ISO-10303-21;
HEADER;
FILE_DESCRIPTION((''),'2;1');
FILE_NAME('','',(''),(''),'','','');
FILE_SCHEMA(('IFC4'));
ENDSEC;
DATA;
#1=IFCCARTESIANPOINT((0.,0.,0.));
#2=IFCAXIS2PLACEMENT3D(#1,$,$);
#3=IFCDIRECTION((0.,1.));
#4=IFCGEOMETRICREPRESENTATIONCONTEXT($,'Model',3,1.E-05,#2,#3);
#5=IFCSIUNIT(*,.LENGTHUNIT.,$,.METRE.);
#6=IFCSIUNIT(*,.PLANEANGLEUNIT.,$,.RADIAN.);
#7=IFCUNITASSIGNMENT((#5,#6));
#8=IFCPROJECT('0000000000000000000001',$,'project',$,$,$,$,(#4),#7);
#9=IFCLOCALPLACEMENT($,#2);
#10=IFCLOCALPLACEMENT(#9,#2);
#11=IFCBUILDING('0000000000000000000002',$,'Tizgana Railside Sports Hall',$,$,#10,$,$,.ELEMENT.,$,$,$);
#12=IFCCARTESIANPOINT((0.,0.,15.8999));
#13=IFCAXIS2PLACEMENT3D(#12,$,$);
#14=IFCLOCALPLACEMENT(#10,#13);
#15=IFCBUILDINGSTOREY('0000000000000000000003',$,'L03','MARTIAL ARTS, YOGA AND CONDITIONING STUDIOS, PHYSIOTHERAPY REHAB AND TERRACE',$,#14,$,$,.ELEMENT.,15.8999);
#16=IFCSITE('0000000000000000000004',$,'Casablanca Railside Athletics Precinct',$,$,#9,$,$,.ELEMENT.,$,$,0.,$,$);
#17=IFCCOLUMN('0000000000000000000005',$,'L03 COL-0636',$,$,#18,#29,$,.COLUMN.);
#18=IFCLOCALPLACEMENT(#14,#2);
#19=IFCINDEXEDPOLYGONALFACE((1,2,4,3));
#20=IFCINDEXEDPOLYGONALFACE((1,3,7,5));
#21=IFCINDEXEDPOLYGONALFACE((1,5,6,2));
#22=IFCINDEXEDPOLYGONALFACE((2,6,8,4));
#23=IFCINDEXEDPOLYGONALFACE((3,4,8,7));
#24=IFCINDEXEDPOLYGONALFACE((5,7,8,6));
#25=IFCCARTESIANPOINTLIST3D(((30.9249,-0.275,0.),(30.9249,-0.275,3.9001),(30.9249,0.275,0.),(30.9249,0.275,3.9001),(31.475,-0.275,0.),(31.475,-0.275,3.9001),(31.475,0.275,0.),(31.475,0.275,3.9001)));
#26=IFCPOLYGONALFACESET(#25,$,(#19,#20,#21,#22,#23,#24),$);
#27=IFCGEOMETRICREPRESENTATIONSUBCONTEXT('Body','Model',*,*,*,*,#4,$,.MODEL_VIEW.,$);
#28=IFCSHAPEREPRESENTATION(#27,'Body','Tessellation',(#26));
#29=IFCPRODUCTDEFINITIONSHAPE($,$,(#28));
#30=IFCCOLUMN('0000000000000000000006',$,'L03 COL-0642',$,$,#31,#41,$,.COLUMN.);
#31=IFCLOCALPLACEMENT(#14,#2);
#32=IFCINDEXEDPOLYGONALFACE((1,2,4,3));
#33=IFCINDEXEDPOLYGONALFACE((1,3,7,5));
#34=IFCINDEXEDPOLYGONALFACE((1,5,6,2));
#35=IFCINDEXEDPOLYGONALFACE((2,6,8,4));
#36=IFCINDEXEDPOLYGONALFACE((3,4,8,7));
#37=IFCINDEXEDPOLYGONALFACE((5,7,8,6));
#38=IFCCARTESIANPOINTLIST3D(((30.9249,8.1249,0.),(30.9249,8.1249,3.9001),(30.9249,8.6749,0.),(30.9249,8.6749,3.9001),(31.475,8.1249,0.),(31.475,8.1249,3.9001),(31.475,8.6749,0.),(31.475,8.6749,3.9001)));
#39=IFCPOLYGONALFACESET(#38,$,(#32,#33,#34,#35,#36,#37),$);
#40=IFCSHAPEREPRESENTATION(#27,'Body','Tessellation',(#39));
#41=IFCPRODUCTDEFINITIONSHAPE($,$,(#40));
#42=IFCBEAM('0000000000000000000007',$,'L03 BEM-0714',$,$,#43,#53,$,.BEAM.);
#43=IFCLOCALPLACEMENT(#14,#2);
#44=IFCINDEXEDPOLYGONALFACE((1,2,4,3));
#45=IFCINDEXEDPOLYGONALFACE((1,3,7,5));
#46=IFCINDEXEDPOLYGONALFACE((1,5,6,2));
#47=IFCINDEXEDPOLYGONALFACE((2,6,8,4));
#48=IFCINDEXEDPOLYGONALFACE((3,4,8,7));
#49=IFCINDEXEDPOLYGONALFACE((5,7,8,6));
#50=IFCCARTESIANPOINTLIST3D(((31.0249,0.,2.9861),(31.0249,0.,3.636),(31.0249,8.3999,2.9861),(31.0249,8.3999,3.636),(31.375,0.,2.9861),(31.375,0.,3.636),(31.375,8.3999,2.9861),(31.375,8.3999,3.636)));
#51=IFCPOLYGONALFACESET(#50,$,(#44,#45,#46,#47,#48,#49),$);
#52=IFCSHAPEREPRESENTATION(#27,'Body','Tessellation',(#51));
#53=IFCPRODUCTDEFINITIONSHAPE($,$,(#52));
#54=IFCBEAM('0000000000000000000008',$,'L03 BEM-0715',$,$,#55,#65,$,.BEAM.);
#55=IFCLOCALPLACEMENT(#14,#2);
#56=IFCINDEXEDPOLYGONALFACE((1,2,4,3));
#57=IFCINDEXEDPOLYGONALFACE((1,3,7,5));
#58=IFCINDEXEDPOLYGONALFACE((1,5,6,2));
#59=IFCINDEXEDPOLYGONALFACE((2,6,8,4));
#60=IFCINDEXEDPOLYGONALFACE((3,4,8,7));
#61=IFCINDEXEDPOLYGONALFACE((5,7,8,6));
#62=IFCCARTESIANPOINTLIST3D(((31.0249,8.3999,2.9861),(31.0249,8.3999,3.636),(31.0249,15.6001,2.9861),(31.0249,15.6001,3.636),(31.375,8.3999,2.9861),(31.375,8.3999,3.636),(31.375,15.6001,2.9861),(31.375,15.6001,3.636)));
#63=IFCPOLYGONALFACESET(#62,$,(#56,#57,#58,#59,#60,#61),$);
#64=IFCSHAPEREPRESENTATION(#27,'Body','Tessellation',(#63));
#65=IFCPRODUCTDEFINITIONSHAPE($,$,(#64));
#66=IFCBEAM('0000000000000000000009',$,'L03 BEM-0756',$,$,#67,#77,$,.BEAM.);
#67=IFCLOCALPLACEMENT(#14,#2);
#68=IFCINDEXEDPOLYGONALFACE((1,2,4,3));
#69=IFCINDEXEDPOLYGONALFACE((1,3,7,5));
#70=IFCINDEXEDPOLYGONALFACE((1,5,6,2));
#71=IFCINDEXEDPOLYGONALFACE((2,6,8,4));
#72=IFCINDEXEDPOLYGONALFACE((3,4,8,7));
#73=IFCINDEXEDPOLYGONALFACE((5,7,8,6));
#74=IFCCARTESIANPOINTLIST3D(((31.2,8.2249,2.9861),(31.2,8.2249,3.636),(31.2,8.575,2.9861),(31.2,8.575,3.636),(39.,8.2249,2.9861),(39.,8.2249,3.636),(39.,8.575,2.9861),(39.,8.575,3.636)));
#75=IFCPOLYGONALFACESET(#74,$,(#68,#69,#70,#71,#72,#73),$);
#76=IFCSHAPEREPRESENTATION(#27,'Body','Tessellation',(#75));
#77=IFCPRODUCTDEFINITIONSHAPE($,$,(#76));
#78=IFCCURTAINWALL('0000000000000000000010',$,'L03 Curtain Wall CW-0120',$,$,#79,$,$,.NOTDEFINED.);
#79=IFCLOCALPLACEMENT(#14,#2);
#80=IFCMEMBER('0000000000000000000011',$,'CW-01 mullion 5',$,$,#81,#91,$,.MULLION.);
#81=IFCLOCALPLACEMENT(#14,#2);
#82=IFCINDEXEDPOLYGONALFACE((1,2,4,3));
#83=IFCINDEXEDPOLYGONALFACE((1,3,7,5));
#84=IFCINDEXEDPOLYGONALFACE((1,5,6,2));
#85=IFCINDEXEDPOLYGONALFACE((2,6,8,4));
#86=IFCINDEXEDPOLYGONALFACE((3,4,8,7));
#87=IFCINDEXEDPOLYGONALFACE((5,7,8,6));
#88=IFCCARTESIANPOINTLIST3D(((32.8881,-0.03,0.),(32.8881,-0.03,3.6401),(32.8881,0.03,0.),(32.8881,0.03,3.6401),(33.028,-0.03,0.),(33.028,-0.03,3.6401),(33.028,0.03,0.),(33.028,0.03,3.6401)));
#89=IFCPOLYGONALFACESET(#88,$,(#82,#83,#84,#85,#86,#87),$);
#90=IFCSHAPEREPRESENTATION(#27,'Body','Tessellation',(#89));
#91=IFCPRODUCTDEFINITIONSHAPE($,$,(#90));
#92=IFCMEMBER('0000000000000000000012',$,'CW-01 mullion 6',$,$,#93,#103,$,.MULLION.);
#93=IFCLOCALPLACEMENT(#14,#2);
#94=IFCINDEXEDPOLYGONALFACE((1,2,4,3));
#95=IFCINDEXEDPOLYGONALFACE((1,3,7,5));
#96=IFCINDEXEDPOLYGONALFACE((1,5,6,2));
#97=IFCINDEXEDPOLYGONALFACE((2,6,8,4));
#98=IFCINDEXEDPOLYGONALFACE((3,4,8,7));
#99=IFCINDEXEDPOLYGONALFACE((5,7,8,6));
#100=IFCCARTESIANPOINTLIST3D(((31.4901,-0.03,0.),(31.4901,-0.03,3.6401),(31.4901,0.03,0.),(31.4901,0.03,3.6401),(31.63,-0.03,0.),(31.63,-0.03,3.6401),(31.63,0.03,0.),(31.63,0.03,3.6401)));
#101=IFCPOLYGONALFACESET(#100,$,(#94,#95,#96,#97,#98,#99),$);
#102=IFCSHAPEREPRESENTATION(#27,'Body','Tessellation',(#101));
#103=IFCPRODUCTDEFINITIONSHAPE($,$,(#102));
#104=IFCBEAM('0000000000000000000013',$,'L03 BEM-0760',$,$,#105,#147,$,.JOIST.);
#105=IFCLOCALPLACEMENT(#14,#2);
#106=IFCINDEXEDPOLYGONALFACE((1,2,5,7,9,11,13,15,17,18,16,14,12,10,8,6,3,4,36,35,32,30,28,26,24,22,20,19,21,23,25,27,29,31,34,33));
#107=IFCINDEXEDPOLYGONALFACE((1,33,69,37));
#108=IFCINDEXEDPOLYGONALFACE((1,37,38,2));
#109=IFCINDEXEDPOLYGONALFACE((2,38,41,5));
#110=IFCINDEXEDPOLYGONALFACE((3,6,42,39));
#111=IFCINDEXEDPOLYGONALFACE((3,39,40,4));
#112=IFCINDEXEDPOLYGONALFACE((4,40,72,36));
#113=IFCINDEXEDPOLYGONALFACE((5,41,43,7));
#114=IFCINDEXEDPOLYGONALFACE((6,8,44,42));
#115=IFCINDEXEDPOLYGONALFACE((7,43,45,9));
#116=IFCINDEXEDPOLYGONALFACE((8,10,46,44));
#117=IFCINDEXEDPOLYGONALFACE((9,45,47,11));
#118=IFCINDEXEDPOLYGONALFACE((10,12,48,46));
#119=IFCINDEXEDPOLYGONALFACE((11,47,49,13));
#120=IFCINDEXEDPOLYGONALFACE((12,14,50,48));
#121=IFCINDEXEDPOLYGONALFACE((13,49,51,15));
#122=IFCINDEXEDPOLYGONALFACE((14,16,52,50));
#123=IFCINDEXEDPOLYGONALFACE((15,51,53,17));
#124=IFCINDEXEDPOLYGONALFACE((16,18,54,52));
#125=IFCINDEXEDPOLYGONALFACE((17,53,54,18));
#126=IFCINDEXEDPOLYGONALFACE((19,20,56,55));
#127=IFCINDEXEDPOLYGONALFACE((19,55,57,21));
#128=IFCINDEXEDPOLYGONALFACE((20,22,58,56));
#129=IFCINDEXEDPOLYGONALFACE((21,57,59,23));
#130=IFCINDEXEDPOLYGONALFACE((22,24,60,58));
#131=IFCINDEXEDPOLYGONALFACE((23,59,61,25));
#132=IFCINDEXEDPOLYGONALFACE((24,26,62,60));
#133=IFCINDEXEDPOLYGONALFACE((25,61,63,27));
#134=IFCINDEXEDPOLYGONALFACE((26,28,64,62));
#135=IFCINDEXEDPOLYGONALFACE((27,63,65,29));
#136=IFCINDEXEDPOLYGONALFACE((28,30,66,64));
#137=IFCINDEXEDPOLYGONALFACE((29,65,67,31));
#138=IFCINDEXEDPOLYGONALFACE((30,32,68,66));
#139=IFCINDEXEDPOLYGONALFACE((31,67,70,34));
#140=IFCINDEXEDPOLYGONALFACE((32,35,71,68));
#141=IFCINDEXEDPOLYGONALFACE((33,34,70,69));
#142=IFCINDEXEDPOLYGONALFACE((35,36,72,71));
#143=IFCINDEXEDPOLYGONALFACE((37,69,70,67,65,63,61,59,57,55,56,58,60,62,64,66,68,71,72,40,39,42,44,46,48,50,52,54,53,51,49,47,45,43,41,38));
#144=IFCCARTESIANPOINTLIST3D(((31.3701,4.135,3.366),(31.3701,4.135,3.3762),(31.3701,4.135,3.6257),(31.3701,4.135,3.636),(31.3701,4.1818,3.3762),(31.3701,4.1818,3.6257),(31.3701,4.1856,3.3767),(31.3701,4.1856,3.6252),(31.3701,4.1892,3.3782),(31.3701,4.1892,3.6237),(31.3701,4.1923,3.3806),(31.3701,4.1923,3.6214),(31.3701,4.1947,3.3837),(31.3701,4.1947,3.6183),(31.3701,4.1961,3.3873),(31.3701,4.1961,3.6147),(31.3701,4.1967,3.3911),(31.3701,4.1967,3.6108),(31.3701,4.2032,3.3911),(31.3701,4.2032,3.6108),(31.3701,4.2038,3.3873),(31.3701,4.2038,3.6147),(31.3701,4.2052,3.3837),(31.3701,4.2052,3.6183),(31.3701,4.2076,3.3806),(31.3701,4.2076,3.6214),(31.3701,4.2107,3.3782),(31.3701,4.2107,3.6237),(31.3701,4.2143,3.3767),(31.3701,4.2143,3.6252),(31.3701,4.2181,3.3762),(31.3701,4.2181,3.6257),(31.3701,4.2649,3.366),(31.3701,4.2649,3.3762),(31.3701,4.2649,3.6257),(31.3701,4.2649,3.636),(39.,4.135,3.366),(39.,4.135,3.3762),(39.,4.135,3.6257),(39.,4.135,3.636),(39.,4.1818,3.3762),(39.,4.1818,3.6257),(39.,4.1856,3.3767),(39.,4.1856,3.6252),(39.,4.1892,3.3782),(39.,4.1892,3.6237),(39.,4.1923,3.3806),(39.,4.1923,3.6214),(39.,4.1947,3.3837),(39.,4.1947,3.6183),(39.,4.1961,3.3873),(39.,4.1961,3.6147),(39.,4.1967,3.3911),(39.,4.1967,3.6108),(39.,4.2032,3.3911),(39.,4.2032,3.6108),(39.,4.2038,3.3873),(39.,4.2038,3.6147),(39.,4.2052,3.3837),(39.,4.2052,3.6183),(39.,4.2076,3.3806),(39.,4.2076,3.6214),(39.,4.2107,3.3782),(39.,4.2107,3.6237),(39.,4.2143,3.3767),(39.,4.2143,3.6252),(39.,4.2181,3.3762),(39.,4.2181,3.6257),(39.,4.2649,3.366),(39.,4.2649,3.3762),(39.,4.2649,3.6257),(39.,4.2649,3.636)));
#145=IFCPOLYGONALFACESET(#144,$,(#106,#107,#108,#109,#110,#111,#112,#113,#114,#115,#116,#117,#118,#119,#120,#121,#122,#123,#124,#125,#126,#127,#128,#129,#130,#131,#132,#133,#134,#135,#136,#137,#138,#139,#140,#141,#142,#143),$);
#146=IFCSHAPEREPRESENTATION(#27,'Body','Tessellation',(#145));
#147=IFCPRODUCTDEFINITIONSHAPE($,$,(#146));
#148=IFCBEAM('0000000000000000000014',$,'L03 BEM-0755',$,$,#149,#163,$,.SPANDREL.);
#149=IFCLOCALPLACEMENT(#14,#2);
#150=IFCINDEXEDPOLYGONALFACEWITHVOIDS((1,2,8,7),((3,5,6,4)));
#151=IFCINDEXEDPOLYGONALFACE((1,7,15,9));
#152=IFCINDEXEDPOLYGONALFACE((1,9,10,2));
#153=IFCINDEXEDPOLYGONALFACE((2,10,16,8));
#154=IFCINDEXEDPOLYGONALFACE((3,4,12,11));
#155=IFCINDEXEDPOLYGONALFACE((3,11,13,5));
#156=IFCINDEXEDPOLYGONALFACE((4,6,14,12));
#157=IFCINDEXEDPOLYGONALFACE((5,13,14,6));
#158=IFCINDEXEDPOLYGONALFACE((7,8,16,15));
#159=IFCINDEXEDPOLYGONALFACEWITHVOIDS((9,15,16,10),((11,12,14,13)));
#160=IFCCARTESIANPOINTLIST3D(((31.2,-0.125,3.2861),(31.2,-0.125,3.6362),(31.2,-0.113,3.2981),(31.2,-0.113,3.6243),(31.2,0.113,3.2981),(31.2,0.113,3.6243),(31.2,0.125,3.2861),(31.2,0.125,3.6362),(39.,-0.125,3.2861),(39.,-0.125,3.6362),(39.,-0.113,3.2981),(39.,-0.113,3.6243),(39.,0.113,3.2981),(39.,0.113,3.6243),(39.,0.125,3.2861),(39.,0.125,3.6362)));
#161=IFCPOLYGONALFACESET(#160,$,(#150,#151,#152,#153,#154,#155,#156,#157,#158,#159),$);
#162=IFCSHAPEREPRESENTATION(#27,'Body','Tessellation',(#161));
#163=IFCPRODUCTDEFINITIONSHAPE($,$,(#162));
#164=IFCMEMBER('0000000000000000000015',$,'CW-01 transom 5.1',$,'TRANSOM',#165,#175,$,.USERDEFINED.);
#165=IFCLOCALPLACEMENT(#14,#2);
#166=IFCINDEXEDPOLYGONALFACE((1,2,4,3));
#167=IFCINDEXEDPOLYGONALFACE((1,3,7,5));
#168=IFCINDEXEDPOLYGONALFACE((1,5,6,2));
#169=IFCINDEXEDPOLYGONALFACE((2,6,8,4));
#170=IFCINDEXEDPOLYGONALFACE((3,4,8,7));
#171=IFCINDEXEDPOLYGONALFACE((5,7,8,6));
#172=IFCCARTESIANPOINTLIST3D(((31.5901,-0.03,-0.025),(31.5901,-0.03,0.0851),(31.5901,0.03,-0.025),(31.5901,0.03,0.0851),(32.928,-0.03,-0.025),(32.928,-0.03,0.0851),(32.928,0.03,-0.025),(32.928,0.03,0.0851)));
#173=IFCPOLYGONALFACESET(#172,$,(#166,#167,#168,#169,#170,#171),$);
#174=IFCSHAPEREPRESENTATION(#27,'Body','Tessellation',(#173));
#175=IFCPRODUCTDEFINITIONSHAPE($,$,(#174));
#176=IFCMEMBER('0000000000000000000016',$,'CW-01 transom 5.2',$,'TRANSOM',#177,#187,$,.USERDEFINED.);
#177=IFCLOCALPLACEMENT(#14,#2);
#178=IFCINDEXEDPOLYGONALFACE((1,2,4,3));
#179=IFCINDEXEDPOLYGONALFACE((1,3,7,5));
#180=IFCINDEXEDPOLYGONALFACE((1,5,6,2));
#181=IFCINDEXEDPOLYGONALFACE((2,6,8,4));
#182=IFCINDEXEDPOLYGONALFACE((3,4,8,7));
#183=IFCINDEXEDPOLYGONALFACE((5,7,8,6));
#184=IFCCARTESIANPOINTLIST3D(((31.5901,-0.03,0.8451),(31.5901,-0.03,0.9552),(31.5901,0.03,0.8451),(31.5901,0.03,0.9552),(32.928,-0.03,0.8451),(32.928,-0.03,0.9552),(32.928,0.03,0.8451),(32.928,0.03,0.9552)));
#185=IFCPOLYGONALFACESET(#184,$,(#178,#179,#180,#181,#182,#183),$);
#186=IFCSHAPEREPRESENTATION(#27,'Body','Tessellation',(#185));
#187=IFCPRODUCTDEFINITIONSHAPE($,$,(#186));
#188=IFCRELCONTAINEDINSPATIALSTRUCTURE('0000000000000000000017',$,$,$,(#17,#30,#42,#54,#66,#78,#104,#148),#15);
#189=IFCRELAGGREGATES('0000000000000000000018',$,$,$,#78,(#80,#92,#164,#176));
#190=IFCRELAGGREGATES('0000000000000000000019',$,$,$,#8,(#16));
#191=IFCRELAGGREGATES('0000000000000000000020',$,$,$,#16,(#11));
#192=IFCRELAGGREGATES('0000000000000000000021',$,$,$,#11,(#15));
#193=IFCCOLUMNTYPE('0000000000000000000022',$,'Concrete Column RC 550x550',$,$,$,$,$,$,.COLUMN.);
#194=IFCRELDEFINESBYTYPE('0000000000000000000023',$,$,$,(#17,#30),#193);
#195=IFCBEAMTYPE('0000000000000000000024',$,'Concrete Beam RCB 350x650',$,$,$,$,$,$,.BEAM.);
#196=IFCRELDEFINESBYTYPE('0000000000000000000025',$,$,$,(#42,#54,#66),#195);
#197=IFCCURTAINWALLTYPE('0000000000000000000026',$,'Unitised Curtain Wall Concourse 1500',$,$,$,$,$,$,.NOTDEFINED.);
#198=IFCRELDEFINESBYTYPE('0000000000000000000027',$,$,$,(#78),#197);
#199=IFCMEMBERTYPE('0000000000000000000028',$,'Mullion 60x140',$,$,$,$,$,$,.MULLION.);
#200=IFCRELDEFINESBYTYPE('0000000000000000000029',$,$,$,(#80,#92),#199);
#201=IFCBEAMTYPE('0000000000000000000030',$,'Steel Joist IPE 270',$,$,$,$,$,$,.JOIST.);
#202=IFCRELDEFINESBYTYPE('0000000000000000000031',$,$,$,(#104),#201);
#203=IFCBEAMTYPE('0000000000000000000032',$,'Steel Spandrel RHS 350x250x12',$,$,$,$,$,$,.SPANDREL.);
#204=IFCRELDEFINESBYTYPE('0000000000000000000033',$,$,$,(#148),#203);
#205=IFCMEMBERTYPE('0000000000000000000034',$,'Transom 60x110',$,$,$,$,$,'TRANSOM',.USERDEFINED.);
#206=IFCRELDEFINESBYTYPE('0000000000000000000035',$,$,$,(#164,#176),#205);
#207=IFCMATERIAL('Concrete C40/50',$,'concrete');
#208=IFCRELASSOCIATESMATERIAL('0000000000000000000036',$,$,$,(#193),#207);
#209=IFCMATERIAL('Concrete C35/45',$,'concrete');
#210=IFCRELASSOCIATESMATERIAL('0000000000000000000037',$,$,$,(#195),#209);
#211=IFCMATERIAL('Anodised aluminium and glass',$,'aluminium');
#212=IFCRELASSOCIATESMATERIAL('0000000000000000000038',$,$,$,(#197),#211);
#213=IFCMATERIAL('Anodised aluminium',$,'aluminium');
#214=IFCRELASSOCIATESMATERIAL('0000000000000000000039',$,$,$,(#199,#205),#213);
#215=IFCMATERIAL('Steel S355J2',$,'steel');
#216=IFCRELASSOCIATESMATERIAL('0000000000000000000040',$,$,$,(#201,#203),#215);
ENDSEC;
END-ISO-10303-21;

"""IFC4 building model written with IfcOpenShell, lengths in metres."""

from ifc_helpers import new_model, si_unit, direction, frame, origin, origin_2d, place, context, subcontext, project, spatial, rectangle, hollow_rectangle, i_section, extrude, material, material_profile, profile_set, type_object, element, aggregate, save


model = new_model("IFC4")

# Units and contexts
model_context = context("Model", 3, precision=1e-05, world=origin(), true_north=direction((0.0, 1.0)))
body_context = subcontext(model_context, "Body", "Model", "MODEL_VIEW")
ifc_project = project(units=[si_unit("LENGTHUNIT", "METRE"), si_unit("PLANEANGLEUNIT", "RADIAN")], contexts=[model_context])

# Site, building, storey
site_placement = place(None, origin())
site = spatial("IfcSite", under=ifc_project, at=site_placement, Name="Casablanca Railside Athletics Precinct", CompositionType="ELEMENT", RefElevation=0.0)
building_placement = place(site_placement, origin())
building = spatial("IfcBuilding", under=site, at=building_placement, Name="Tizgana Railside Sports Hall", CompositionType="ELEMENT")
storey_placement = place(building_placement, frame((0.0, 0.0, 15.8999)))
storey = spatial("IfcBuildingStorey", under=building, at=storey_placement, Name="L03", Description="MARTIAL ARTS, YOGA AND CONDITIONING STUDIOS, PHYSIOTHERAPY REHAB AND TERRACE", CompositionType="ELEMENT", Elevation=15.8999)

# Columns
ifc_material_1 = material(Name="Concrete C40/50", Category="concrete")
ifc_material_profile_1 = material_profile(ifc_material_1, rectangle(XDim=0.55, YDim=0.55, at=origin_2d()), Name="RC 550x550")
ifc_profile_set_1 = profile_set([ifc_material_profile_1], Name="Concrete C40/50")
column_type = type_object("IfcColumnType", Name="Concrete Column RC 550x550", PredefinedType="COLUMN", material=ifc_profile_set_1)
for number, where, z_axis, x_axis, name in (
    (1, (31.2, 0.0, 0.0), (0.0, 0.0, 1.0), (1.0, 0.0, 0.0), "L03 COL-0636"),
    (2, (31.2, 8.3999, 0.0), (0.0, 0.0, 1.0), (1.0, 0.0, 0.0), "L03 COL-0642"),
):
    element("IfcColumn", number, at=place(storey_placement, frame(where, z_axis=z_axis, x_axis=x_axis)), inside=storey, type_object=column_type, Name=name, PredefinedType="COLUMN", context=body_context, shape_type="SweptSolid", body=[
        extrude(rectangle(XDim=0.55, YDim=0.55, at=origin_2d()), origin(), (0.0, 0.0, 1.0), 3.9001),
    ])

# Beams
ifc_material_2 = material(Name="Concrete C35/45", Category="concrete")
ifc_material_profile_2 = material_profile(ifc_material_2, rectangle(XDim=0.3501, YDim=0.6499, at=origin_2d()), Name="RCB 350x650")
ifc_profile_set_2 = profile_set([ifc_material_profile_2], Name="Concrete C35/45")
beam_type_1 = type_object("IfcBeamType", Name="Concrete Beam RCB 350x650", PredefinedType="BEAM", material=ifc_profile_set_2)
beam_1_placement = place(storey_placement, frame((31.2, 0.0, 3.311), z_axis=(0.0, 1.0, 0.0), x_axis=(-1.0, 0.0, 0.0)))
element("IfcBeam", 3, at=beam_1_placement, inside=storey, type_object=beam_type_1, Name="L03 BEM-0714", PredefinedType="BEAM", context=body_context, shape_type="SweptSolid", body=[
    extrude(rectangle(XDim=0.3501, YDim=0.6499, at=origin_2d()), origin(), (0.0, 0.0, 1.0), 8.3999),
])
beam_2_placement = place(storey_placement, frame((31.2, 8.3999, 3.311), z_axis=(0.0, 1.0, 0.0), x_axis=(-1.0, 0.0, 0.0)))
element("IfcBeam", 4, at=beam_2_placement, inside=storey, type_object=beam_type_1, Name="L03 BEM-0715", PredefinedType="BEAM", context=body_context, shape_type="SweptSolid", body=[
    extrude(rectangle(XDim=0.3501, YDim=0.6499, at=origin_2d()), origin(), (0.0, 0.0, 1.0), 7.2002),
])
beam_3_placement = place(storey_placement, frame((31.2, 8.3999, 3.311), z_axis=(1.0, 0.0, 0.0), x_axis=(0.0, 1.0, 0.0)))
element("IfcBeam", 5, at=beam_3_placement, inside=storey, type_object=beam_type_1, Name="L03 BEM-0756", PredefinedType="BEAM", context=body_context, shape_type="SweptSolid", body=[
    extrude(rectangle(XDim=0.3501, YDim=0.6499, at=origin_2d()), origin(), (0.0, 0.0, 1.0), 7.8),
])

# Curtain wall, members
ifc_material_3 = material(Name="Anodised aluminium and glass", Category="aluminium")
curtain_wall_type = type_object("IfcCurtainWallType", Name="Unitised Curtain Wall Concourse 1500", PredefinedType="NOTDEFINED", material=ifc_material_3)
curtain_wall_placement = place(storey_placement, origin())
curtain_wall = element("IfcCurtainWall", 6, at=curtain_wall_placement, inside=storey, type_object=curtain_wall_type, Name="L03 Curtain Wall CW-0120", PredefinedType="NOTDEFINED")
ifc_material_4 = material(Name="Anodised aluminium", Category="aluminium")
ifc_material_profile_3 = material_profile(ifc_material_4, rectangle(XDim=0.0601, YDim=0.1399, at=origin_2d()), Name="Mullion 60x140")
ifc_profile_set_3 = profile_set([ifc_material_profile_3], Name="Anodised aluminium")
member_type_1 = type_object("IfcMemberType", Name="Mullion 60x140", PredefinedType="MULLION", material=ifc_profile_set_3)
member_1_placement = place(storey_placement, frame((32.958, 0.0, 0.0), z_axis=(0.0, 0.0, 1.0), x_axis=(0.0, -1.0, 0.0)))
member_1 = element("IfcMember", 7, at=member_1_placement, type_object=member_type_1, Name="CW-01 mullion 5", PredefinedType="MULLION", context=body_context, shape_type="SweptSolid", body=[
    extrude(rectangle(XDim=0.0601, YDim=0.1399, at=origin_2d()), origin(), (0.0, 0.0, 1.0), 3.6401),
])
member_2_placement = place(storey_placement, frame((31.5601, 0.0, 0.0), z_axis=(0.0, 0.0, 1.0), x_axis=(0.0, -1.0, 0.0)))
member_2 = element("IfcMember", 8, at=member_2_placement, type_object=member_type_1, Name="CW-01 mullion 6", PredefinedType="MULLION", context=body_context, shape_type="SweptSolid", body=[
    extrude(rectangle(XDim=0.0601, YDim=0.1399, at=origin_2d()), origin(), (0.0, 0.0, 1.0), 3.6401),
])

# Beams
ifc_material_5 = material(Name="Steel S355J2", Category="steel")
ifc_material_profile_4 = material_profile(ifc_material_5, i_section(OverallWidth=0.1299, OverallDepth=0.27, WebThickness=0.0066, FlangeThickness=0.0103, FilletRadius=0.0149, at=origin_2d()), Name="IPE 270")
ifc_profile_set_4 = profile_set([ifc_material_profile_4], Name="Steel S355J2")
beam_type_2 = type_object("IfcBeamType", Name="Steel Joist IPE 270", PredefinedType="JOIST", material=ifc_profile_set_4)
beam_4_placement = place(storey_placement, frame((31.3701, 4.2, 3.501), z_axis=(1.0, 0.0, 0.0), x_axis=(0.0, 1.0, 0.0)))
element("IfcBeam", 9, at=beam_4_placement, inside=storey, type_object=beam_type_2, Name="L03 BEM-0760", PredefinedType="JOIST", context=body_context, shape_type="SweptSolid", body=[
    extrude(i_section(OverallWidth=0.1299, OverallDepth=0.27, WebThickness=0.0066, FlangeThickness=0.0103, FilletRadius=0.0149, at=origin_2d()), origin(), (0.0, 0.0, 1.0), 7.6299),
])
ifc_material_profile_5 = material_profile(ifc_material_5, hollow_rectangle(XDim=0.25, YDim=0.3501, WallThickness=0.012, at=origin_2d()), Name="RHS 350x250x12")
ifc_profile_set_5 = profile_set([ifc_material_profile_5], Name="Steel S355J2")
beam_type_3 = type_object("IfcBeamType", Name="Steel Spandrel RHS 350x250x12", PredefinedType="SPANDREL", material=ifc_profile_set_5)
beam_5_placement = place(storey_placement, frame((31.2, 0.0, 3.4612), z_axis=(1.0, 0.0, 0.0), x_axis=(0.0, 1.0, 0.0)))
element("IfcBeam", 10, at=beam_5_placement, inside=storey, type_object=beam_type_3, Name="L03 BEM-0755", PredefinedType="SPANDREL", context=body_context, shape_type="SweptSolid", body=[
    extrude(hollow_rectangle(XDim=0.25, YDim=0.3501, WallThickness=0.012, at=origin_2d()), origin(), (0.0, 0.0, 1.0), 7.8),
])

# Members
ifc_material_profile_6 = material_profile(ifc_material_4, rectangle(XDim=0.0601, YDim=0.1101, at=origin_2d()), Name="Transom 60x110")
ifc_profile_set_6 = profile_set([ifc_material_profile_6], Name="Anodised aluminium")
member_type_2 = type_object("IfcMemberType", Name="Transom 60x110", ElementType="TRANSOM", PredefinedType="USERDEFINED", material=ifc_profile_set_6)
member_3_placement = place(storey_placement, frame((32.928, 0.0, 0.03), z_axis=(-1.0, 0.0, 0.0), x_axis=(0.0, -1.0, 0.0)))
member_3 = element("IfcMember", 11, at=member_3_placement, type_object=member_type_2, Name="CW-01 transom 5.1", ObjectType="TRANSOM", PredefinedType="USERDEFINED", context=body_context, shape_type="SweptSolid", body=[
    extrude(rectangle(XDim=0.0601, YDim=0.1101, at=origin_2d()), origin(), (0.0, 0.0, 1.0), 1.3379),
])
member_4_placement = place(storey_placement, frame((32.928, 0.0, 0.9001), z_axis=(-1.0, 0.0, 0.0), x_axis=(0.0, -1.0, 0.0)))
member_4 = element("IfcMember", 12, at=member_4_placement, type_object=member_type_2, Name="CW-01 transom 5.2", ObjectType="TRANSOM", PredefinedType="USERDEFINED", context=body_context, shape_type="SweptSolid", body=[
    extrude(rectangle(XDim=0.0601, YDim=0.1101, at=origin_2d()), origin(), (0.0, 0.0, 1.0), 1.3379),
])

aggregate(curtain_wall, [member_1, member_2, member_3, member_4])

save(model, "model.ifc")
